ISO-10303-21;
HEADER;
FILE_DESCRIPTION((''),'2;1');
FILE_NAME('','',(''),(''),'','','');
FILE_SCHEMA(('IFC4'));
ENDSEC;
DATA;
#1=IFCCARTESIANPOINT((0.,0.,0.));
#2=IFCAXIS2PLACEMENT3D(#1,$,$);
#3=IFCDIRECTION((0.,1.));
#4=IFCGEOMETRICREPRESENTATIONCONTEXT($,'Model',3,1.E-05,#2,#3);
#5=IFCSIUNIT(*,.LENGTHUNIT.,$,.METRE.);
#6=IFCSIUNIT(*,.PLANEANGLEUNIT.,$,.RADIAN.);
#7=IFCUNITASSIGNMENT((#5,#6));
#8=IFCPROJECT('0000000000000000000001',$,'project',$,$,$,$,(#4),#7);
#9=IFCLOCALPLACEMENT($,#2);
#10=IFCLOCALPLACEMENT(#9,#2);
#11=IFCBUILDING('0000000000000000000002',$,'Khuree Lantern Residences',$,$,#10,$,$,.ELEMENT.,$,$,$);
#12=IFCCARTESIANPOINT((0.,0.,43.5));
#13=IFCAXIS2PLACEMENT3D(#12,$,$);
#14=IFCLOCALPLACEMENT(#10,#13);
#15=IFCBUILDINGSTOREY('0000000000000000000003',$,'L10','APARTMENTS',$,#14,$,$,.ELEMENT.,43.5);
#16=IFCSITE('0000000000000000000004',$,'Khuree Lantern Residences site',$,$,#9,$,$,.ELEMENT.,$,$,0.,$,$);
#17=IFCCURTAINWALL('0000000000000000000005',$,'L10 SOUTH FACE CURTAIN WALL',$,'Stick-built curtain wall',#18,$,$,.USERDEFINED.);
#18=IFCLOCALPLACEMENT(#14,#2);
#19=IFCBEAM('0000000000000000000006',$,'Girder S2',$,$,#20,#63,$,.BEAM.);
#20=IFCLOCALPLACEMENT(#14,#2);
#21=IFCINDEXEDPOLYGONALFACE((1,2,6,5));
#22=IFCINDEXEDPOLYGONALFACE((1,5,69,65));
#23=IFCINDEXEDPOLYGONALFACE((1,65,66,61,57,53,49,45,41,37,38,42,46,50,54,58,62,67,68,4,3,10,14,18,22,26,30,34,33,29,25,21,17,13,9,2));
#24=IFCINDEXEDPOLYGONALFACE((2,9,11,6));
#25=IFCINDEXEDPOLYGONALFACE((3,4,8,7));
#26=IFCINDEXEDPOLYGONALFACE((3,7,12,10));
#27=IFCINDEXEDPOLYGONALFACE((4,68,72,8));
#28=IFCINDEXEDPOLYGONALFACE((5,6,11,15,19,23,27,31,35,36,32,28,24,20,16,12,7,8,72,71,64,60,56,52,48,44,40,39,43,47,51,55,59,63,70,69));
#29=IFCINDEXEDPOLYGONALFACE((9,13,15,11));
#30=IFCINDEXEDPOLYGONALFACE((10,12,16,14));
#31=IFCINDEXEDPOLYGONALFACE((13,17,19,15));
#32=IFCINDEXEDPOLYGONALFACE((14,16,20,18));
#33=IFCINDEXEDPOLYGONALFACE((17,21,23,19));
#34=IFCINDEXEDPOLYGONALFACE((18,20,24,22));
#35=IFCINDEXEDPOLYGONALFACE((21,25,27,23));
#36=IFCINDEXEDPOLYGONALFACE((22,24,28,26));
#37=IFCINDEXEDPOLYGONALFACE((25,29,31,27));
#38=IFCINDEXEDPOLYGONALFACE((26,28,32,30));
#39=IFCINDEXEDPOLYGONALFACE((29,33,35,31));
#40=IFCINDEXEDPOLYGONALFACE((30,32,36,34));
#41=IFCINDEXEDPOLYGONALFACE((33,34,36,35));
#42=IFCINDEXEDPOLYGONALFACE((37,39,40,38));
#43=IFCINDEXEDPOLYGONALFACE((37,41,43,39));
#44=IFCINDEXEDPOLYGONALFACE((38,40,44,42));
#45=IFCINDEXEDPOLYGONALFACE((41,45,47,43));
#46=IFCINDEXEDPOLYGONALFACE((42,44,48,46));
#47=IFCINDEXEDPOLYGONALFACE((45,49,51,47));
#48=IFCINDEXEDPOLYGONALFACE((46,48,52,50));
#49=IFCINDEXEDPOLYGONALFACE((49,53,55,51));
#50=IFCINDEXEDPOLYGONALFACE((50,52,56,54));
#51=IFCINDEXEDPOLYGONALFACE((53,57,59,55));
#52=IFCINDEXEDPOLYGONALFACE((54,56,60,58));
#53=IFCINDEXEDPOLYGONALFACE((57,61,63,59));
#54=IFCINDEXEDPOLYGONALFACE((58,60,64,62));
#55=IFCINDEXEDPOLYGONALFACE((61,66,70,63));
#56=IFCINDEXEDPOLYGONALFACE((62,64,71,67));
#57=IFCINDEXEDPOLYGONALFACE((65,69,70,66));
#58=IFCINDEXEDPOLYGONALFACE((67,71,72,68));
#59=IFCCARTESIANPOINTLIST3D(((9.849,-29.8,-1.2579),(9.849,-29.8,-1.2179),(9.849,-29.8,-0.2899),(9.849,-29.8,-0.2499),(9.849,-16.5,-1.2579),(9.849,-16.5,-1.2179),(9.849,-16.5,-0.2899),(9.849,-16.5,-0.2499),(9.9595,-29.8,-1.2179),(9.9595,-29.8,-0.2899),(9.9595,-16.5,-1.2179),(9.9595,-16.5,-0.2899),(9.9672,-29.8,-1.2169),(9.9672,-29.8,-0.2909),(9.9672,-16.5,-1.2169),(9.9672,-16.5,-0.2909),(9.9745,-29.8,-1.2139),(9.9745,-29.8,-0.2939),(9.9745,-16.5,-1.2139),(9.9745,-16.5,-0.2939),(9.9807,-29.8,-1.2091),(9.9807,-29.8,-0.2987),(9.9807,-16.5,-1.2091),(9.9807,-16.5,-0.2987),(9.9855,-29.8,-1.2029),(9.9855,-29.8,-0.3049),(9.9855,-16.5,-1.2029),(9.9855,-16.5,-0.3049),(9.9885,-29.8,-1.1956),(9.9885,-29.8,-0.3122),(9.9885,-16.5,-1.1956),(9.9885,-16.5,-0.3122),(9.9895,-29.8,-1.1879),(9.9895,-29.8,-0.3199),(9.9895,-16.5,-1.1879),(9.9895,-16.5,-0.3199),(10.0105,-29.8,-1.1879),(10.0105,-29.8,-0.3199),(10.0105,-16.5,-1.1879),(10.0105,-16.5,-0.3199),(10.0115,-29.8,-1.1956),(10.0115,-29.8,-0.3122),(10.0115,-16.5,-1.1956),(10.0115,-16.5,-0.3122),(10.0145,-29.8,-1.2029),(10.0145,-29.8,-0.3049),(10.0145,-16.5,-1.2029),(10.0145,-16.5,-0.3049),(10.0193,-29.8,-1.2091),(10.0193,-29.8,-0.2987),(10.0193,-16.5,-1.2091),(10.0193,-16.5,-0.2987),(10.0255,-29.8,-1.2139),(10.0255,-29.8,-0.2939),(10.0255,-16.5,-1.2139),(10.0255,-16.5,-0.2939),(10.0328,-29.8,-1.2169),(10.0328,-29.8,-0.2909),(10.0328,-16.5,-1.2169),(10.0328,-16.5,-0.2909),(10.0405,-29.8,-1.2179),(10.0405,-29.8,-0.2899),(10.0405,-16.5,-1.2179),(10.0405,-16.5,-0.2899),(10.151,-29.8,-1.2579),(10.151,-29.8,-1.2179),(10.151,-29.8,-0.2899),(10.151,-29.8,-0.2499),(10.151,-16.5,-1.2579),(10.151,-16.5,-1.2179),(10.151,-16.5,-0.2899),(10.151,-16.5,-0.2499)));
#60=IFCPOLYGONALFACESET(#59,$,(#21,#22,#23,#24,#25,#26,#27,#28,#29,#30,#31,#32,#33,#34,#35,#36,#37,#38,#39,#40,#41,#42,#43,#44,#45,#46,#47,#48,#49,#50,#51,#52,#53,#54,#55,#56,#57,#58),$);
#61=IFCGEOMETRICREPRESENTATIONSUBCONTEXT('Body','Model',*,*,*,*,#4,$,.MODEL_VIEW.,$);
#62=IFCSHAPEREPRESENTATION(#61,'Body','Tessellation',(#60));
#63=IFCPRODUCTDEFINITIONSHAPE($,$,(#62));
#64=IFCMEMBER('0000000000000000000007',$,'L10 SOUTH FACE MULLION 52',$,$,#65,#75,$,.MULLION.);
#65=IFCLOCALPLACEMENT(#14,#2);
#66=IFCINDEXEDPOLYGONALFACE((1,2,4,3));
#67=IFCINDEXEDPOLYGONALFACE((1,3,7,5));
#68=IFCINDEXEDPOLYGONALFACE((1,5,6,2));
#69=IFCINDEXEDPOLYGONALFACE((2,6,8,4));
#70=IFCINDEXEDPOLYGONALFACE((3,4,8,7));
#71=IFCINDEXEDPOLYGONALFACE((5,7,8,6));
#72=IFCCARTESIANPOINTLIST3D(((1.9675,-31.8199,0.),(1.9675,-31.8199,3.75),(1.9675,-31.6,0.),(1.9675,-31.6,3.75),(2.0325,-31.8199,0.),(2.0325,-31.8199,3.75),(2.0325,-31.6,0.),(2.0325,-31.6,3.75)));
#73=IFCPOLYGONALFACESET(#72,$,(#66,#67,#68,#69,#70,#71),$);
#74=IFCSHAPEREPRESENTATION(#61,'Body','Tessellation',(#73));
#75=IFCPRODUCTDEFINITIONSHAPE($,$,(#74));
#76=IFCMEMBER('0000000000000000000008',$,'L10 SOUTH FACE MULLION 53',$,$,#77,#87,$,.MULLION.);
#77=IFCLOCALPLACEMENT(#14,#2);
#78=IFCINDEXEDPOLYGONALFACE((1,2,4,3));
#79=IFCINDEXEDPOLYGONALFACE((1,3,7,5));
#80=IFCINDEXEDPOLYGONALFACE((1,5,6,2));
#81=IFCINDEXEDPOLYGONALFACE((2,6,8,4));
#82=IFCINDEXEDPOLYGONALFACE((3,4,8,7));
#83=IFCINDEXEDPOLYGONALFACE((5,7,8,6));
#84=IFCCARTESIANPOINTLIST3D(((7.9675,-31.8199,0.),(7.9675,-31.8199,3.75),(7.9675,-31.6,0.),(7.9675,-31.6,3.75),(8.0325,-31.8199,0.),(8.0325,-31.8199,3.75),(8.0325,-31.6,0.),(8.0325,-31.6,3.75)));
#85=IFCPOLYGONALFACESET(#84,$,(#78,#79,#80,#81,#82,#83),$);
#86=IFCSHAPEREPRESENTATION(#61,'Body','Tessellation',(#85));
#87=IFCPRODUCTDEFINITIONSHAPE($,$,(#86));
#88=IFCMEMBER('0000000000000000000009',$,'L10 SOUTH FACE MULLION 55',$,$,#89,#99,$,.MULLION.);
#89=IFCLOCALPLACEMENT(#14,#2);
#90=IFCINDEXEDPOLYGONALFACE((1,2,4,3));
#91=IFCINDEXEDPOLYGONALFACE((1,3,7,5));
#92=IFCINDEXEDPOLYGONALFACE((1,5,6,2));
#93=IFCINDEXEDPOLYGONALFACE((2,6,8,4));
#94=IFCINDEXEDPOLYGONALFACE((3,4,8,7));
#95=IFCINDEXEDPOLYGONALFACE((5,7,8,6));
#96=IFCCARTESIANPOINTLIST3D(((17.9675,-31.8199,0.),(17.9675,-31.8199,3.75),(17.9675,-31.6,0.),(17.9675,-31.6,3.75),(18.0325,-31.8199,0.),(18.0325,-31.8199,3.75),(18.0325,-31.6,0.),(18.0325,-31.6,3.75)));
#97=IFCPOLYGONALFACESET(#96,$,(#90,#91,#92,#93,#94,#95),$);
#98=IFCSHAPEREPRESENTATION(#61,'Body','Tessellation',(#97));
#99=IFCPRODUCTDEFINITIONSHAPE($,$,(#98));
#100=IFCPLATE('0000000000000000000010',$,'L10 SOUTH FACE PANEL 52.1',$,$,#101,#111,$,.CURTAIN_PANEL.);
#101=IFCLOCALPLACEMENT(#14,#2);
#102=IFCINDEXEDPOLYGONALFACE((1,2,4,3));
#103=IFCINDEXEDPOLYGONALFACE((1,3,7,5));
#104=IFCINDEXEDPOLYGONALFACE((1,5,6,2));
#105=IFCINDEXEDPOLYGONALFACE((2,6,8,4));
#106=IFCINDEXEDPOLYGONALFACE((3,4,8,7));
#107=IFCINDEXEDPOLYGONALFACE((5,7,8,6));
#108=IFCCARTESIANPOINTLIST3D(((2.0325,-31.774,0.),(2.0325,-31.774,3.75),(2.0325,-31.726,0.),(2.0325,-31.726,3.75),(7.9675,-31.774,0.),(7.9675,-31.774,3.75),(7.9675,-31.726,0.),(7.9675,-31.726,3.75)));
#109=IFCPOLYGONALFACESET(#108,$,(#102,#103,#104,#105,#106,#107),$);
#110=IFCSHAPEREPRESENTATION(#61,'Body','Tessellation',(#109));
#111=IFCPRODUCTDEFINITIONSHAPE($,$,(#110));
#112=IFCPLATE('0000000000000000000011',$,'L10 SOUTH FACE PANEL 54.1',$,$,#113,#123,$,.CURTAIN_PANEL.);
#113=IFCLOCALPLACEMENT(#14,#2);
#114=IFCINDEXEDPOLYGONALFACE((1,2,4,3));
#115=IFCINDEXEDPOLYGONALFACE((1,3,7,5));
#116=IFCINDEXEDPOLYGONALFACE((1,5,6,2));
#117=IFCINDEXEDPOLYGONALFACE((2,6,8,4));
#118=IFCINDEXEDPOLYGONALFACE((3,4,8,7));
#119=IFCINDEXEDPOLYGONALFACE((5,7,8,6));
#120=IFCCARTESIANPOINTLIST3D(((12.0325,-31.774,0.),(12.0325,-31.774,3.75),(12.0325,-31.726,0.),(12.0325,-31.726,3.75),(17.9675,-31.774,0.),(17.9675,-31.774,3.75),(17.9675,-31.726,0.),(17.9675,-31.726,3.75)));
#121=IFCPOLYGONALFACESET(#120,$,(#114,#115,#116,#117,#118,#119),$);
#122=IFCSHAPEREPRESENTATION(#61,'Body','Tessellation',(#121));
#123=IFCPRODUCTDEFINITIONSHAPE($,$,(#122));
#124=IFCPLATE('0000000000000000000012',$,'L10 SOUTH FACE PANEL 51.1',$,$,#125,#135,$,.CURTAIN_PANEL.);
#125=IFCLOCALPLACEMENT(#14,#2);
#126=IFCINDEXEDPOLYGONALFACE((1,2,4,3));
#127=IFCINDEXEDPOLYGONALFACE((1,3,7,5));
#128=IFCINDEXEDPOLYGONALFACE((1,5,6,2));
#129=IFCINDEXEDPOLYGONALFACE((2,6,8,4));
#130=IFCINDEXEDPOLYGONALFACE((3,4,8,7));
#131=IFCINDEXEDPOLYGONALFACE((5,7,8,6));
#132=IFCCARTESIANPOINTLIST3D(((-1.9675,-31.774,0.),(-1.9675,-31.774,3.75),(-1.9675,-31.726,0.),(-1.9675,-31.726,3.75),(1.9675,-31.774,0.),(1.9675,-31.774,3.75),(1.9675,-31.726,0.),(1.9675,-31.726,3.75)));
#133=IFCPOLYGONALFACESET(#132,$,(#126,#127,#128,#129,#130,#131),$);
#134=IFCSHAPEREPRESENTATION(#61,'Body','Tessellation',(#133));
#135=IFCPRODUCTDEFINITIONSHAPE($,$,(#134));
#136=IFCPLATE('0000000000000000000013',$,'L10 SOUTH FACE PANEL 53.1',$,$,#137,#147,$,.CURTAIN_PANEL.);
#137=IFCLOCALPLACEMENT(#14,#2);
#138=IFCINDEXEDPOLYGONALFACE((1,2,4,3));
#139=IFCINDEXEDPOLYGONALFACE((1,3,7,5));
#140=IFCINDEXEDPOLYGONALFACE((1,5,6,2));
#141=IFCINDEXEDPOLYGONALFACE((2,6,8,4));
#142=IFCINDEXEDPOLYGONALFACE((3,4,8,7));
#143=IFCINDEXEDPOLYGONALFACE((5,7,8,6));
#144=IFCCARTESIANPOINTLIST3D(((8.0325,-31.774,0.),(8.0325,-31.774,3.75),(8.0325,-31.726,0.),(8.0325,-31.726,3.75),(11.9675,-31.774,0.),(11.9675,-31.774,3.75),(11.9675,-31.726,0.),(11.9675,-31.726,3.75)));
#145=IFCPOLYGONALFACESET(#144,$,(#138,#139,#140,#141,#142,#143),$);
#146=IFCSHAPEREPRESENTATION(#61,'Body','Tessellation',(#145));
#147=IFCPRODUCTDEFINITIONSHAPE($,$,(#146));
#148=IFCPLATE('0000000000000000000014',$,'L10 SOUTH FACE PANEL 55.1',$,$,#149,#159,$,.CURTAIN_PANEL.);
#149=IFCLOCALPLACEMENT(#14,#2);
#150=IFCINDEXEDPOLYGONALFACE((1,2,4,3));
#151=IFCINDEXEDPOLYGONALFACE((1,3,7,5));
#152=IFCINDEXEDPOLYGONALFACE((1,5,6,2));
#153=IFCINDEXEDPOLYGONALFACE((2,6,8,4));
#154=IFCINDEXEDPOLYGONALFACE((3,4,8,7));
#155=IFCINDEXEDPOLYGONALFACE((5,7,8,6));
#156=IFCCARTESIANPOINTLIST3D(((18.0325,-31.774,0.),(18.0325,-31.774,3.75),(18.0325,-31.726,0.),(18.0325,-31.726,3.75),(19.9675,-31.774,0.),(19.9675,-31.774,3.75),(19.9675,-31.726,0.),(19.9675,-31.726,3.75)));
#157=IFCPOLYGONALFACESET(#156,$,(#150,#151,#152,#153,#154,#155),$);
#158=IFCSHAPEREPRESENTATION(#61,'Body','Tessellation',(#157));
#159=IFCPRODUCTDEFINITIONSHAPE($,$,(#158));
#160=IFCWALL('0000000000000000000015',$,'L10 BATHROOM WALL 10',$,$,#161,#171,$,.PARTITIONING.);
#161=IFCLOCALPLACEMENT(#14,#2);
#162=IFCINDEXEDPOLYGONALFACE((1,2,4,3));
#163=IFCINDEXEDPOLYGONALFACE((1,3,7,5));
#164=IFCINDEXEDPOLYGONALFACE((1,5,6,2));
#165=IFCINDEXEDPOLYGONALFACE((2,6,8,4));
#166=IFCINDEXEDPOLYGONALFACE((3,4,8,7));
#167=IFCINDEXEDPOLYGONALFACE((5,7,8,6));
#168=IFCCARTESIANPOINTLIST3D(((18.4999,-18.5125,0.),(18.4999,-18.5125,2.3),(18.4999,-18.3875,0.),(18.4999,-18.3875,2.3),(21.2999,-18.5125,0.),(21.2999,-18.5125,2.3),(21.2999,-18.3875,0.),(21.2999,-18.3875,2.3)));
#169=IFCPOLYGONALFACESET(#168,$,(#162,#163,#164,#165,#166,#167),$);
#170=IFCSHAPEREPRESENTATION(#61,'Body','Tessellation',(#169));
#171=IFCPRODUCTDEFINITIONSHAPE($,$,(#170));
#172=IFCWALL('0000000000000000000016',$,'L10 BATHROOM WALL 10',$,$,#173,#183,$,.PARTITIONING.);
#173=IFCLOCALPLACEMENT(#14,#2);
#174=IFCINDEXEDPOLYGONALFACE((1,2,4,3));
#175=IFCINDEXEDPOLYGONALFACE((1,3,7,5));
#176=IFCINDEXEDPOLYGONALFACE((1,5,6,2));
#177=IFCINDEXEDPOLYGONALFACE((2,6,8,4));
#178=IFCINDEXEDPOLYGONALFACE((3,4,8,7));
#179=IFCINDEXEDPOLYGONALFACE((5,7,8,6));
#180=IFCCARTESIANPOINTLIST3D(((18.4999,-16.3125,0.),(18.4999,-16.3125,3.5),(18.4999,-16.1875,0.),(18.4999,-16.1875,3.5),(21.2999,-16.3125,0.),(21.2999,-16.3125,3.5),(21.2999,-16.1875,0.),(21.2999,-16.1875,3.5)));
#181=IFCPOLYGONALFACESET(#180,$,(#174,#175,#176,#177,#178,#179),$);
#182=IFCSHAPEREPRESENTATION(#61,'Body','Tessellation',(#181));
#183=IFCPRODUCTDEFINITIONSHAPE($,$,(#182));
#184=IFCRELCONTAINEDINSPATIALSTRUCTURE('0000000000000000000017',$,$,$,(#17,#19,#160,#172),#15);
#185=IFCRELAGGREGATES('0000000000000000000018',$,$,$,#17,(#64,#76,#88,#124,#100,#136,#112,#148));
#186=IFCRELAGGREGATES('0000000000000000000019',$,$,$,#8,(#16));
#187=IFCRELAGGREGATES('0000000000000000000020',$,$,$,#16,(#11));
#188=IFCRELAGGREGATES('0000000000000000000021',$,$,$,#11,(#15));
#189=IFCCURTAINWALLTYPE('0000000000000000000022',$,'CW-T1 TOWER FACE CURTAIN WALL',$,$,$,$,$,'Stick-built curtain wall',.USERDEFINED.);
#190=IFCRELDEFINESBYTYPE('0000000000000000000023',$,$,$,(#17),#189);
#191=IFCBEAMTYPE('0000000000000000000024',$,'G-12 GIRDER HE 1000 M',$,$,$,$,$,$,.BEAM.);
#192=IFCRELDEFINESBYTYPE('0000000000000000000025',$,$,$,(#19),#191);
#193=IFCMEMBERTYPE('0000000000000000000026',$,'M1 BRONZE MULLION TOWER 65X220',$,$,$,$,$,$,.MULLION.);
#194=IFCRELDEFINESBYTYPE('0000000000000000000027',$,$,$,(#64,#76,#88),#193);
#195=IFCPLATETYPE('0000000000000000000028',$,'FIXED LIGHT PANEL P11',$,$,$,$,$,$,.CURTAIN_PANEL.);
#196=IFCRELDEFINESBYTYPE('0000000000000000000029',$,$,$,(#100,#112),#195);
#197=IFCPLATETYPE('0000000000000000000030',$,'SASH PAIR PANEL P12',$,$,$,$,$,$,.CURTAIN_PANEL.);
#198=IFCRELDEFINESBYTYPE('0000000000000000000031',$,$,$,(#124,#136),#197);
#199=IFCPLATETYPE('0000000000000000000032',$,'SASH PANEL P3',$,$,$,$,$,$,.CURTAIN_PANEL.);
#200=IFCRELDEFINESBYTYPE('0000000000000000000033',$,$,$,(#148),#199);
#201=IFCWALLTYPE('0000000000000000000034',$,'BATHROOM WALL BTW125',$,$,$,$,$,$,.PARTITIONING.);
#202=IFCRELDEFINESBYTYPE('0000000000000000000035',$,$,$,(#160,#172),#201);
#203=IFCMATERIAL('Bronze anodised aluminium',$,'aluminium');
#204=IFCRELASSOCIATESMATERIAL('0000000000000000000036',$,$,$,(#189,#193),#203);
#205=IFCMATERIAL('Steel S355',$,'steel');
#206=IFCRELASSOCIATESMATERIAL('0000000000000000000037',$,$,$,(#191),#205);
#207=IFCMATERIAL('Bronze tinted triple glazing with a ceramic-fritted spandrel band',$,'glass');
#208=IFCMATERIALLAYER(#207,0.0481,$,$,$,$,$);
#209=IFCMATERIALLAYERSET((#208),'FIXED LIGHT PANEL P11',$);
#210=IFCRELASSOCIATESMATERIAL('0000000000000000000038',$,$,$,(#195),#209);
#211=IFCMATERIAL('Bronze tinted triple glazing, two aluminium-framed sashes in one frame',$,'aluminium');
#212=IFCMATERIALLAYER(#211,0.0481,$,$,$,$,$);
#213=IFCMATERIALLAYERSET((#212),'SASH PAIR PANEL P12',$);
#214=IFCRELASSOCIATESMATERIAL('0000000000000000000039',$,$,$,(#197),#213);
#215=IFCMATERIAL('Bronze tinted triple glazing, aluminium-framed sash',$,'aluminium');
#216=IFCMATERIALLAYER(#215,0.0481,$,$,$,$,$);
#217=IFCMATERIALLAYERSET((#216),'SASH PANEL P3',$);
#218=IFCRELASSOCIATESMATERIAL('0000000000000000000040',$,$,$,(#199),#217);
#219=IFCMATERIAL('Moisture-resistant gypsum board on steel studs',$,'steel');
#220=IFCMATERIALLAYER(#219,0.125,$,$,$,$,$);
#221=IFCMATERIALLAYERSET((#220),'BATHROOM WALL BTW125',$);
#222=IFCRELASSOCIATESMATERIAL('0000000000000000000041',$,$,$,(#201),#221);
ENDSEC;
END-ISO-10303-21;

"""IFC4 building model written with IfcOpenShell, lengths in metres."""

from ifc_helpers import new_model, si_unit, direction, frame, frame_2d, origin, origin_2d, place, context, subcontext, project, spatial, rectangle, i_section, extrude, material, layer, layer_set, material_profile, profile_set, type_object, element, aggregate, save


model = new_model("IFC4")

# Units and contexts
model_context = context("Model", 3, precision=1e-05, world=origin(), true_north=direction((0.0, 1.0)))
body_context = subcontext(model_context, "Body", "Model", "MODEL_VIEW")
ifc_project = project(units=[si_unit("LENGTHUNIT", "METRE"), si_unit("PLANEANGLEUNIT", "RADIAN")], contexts=[model_context])

# Site, building, storey
site_placement = place(None, origin())
site = spatial("IfcSite", under=ifc_project, at=site_placement, Name="Khuree Lantern Residences site", CompositionType="ELEMENT", RefElevation=0.0)
building_placement = place(site_placement, origin())
building = spatial("IfcBuilding", under=site, at=building_placement, Name="Khuree Lantern Residences", CompositionType="ELEMENT")
storey_placement = place(building_placement, frame((0.0, 0.0, 43.5)))
storey = spatial("IfcBuildingStorey", under=building, at=storey_placement, Name="L10", Description="APARTMENTS", CompositionType="ELEMENT", Elevation=43.5)

# Shared definitions
ifc_material_1 = material(Name="Steel S355", Category="steel")

# Curtain wall
ifc_material_2 = material(Name="Bronze anodised aluminium", Category="aluminium")
curtain_wall_type = type_object("IfcCurtainWallType", Name="CW-T1 TOWER FACE CURTAIN WALL", ElementType="Stick-built curtain wall", PredefinedType="USERDEFINED", material=ifc_material_2)
curtain_wall_placement = place(storey_placement, origin())
curtain_wall = element("IfcCurtainWall", 1, at=curtain_wall_placement, inside=storey, type_object=curtain_wall_type, Name="L10 SOUTH FACE CURTAIN WALL", ObjectType="Stick-built curtain wall", PredefinedType="USERDEFINED")

# Beam
ifc_material_profile_1 = material_profile(ifc_material_1, i_section(OverallWidth=0.302, OverallDepth=1.0081, WebThickness=0.021, FlangeThickness=0.04, FilletRadius=0.03, at=origin_2d()), Name="HE 1000 M")
ifc_profile_set_1 = profile_set([ifc_material_profile_1], Name="Steel S355")
beam_type_1 = type_object("IfcBeamType", Name="G-12 GIRDER HE 1000 M", PredefinedType="BEAM", material=ifc_profile_set_1)
beam_1_placement = place(storey_placement, frame((10.0, -29.8, -0.7539), z_axis=(0.0, 1.0, 0.0), x_axis=(-1.0, 0.0, 0.0)))
element("IfcBeam", 2, at=beam_1_placement, inside=storey, type_object=beam_type_1, Name="Girder S2", PredefinedType="BEAM", context=body_context, shape_type="SweptSolid", body=[
    extrude(i_section(OverallWidth=0.302, OverallDepth=1.0081, WebThickness=0.021, FlangeThickness=0.04, FilletRadius=0.03, at=origin_2d()), origin(), (0.0, 0.0, 1.0), 13.3),
])

# Members
ifc_material_profile_2 = material_profile(ifc_material_2, rectangle(XDim=0.0649, YDim=0.22, at=origin_2d()), Name="M1 65X220")
ifc_profile_set_2 = profile_set([ifc_material_profile_2], Name="Bronze anodised aluminium")
member_type_1 = type_object("IfcMemberType", Name="M1 BRONZE MULLION TOWER 65X220", PredefinedType="MULLION", material=ifc_profile_set_2)
member_1_placement = place(storey_placement, frame((2.0, -31.71, 0.0), z_axis=(0.0, 0.0, 1.0), x_axis=(1.0, 0.0, 0.0)))
member_1 = element("IfcMember", 3, at=member_1_placement, type_object=member_type_1, Name="L10 SOUTH FACE MULLION 52", PredefinedType="MULLION", context=body_context, shape_type="SweptSolid", body=[
    extrude(rectangle(XDim=0.0649, YDim=0.22, at=origin_2d()), origin(), (0.0, 0.0, 1.0), 3.75),
])
member_2_placement = place(storey_placement, frame((8.0, -31.71, 0.0), z_axis=(0.0, 0.0, 1.0), x_axis=(1.0, 0.0, 0.0)))
member_2 = element("IfcMember", 4, at=member_2_placement, type_object=member_type_1, Name="L10 SOUTH FACE MULLION 53", PredefinedType="MULLION", context=body_context, shape_type="SweptSolid", body=[
    extrude(rectangle(XDim=0.0649, YDim=0.22, at=origin_2d()), origin(), (0.0, 0.0, 1.0), 3.75),
])
member_3_placement = place(storey_placement, frame((18.0, -31.71, 0.0), z_axis=(0.0, 0.0, 1.0), x_axis=(1.0, 0.0, 0.0)))
member_3 = element("IfcMember", 5, at=member_3_placement, type_object=member_type_1, Name="L10 SOUTH FACE MULLION 55", PredefinedType="MULLION", context=body_context, shape_type="SweptSolid", body=[
    extrude(rectangle(XDim=0.0649, YDim=0.22, at=origin_2d()), origin(), (0.0, 0.0, 1.0), 3.75),
])

# Plates
ifc_material_3 = material(Name="Bronze tinted triple glazing with a ceramic-fritted spandrel band", Category="glass")
ifc_layer_1 = layer(ifc_material_3, 0.0481)
ifc_layer_set_1 = layer_set([ifc_layer_1], Name="FIXED LIGHT PANEL P11")
plate_type_1 = type_object("IfcPlateType", Name="FIXED LIGHT PANEL P11", PredefinedType="CURTAIN_PANEL", material=ifc_layer_set_1)
plate_1_placement = place(storey_placement, frame((5.0, -31.75, 0.0), z_axis=(0.0, 0.0, 1.0), x_axis=(1.0, 0.0, 0.0)))
plate_1 = element("IfcPlate", 6, at=plate_1_placement, type_object=plate_type_1, Name="L10 SOUTH FACE PANEL 52.1", PredefinedType="CURTAIN_PANEL", context=body_context, shape_type="SweptSolid", body=[
    extrude(rectangle(XDim=5.9351, YDim=0.0481, at=origin_2d()), origin(), (0.0, 0.0, 1.0), 3.75),
])
plate_2_placement = place(storey_placement, frame((15.0, -31.75, 0.0), z_axis=(0.0, 0.0, 1.0), x_axis=(1.0, 0.0, 0.0)))
plate_2 = element("IfcPlate", 7, at=plate_2_placement, type_object=plate_type_1, Name="L10 SOUTH FACE PANEL 54.1", PredefinedType="CURTAIN_PANEL", context=body_context, shape_type="SweptSolid", body=[
    extrude(rectangle(XDim=5.9351, YDim=0.0481, at=origin_2d()), origin(), (0.0, 0.0, 1.0), 3.75),
])
ifc_material_4 = material(Name="Bronze tinted triple glazing, two aluminium-framed sashes in one frame", Category="aluminium")
ifc_layer_2 = layer(ifc_material_4, 0.0481)
ifc_layer_set_2 = layer_set([ifc_layer_2], Name="SASH PAIR PANEL P12")
plate_type_2 = type_object("IfcPlateType", Name="SASH PAIR PANEL P12", PredefinedType="CURTAIN_PANEL", material=ifc_layer_set_2)
plate_3_placement = place(storey_placement, frame((0.0, -31.75, 0.0), z_axis=(0.0, 0.0, 1.0), x_axis=(1.0, 0.0, 0.0)))
plate_3 = element("IfcPlate", 8, at=plate_3_placement, type_object=plate_type_2, Name="L10 SOUTH FACE PANEL 51.1", PredefinedType="CURTAIN_PANEL", context=body_context, shape_type="SweptSolid", body=[
    extrude(rectangle(XDim=3.9351, YDim=0.0481, at=origin_2d()), origin(), (0.0, 0.0, 1.0), 3.75),
])
plate_4_placement = place(storey_placement, frame((10.0, -31.75, 0.0), z_axis=(0.0, 0.0, 1.0), x_axis=(1.0, 0.0, 0.0)))
plate_4 = element("IfcPlate", 9, at=plate_4_placement, type_object=plate_type_2, Name="L10 SOUTH FACE PANEL 53.1", PredefinedType="CURTAIN_PANEL", context=body_context, shape_type="SweptSolid", body=[
    extrude(rectangle(XDim=3.9351, YDim=0.0481, at=origin_2d()), origin(), (0.0, 0.0, 1.0), 3.75),
])
ifc_material_5 = material(Name="Bronze tinted triple glazing, aluminium-framed sash", Category="aluminium")
ifc_layer_3 = layer(ifc_material_5, 0.0481)
ifc_layer_set_3 = layer_set([ifc_layer_3], Name="SASH PANEL P3")
plate_type_3 = type_object("IfcPlateType", Name="SASH PANEL P3", PredefinedType="CURTAIN_PANEL", material=ifc_layer_set_3)
plate_5_placement = place(storey_placement, frame((19.0, -31.75, 0.0), z_axis=(0.0, 0.0, 1.0), x_axis=(1.0, 0.0, 0.0)))
plate_5 = element("IfcPlate", 10, at=plate_5_placement, type_object=plate_type_3, Name="L10 SOUTH FACE PANEL 55.1", PredefinedType="CURTAIN_PANEL", context=body_context, shape_type="SweptSolid", body=[
    extrude(rectangle(XDim=1.9351, YDim=0.0481, at=origin_2d()), origin(), (0.0, 0.0, 1.0), 3.75),
])
aggregate(curtain_wall, [member_1, member_2, member_3, plate_3, plate_1, plate_4, plate_2, plate_5])

# Walls
ifc_material_6 = material(Name="Moisture-resistant gypsum board on steel studs", Category="steel")
ifc_layer_4 = layer(ifc_material_6, 0.125)
ifc_layer_set_4 = layer_set([ifc_layer_4], Name="BATHROOM WALL BTW125")
wall_type_1 = type_object("IfcWallType", Name="BATHROOM WALL BTW125", PredefinedType="PARTITIONING", material=ifc_layer_set_4)
wall_1_placement = place(storey_placement, frame((18.5, -18.45, 0.0), z_axis=(0.0, 0.0, 1.0), x_axis=(1.0, 0.0, 0.0)))
element("IfcWall", 11, at=wall_1_placement, inside=storey, type_object=wall_type_1, Name="L10 BATHROOM WALL 10", PredefinedType="PARTITIONING", context=body_context, shape_type="SweptSolid", body=[
    extrude(rectangle(XDim=2.8, YDim=0.125, at=frame_2d((1.3999, 0.0))), origin(), (0.0, 0.0, 1.0), 2.3),
])
wall_2_placement = place(storey_placement, frame((18.5, -16.25, 0.0), z_axis=(0.0, 0.0, 1.0), x_axis=(1.0, 0.0, 0.0)))
element("IfcWall", 12, at=wall_2_placement, inside=storey, type_object=wall_type_1, Name="L10 BATHROOM WALL 10", PredefinedType="PARTITIONING", context=body_context, shape_type="SweptSolid", body=[
    extrude(rectangle(XDim=2.8, YDim=0.125, at=frame_2d((1.3999, 0.0))), origin(), (0.0, 0.0, 1.0), 3.5),
])

save(model, "model.ifc")
